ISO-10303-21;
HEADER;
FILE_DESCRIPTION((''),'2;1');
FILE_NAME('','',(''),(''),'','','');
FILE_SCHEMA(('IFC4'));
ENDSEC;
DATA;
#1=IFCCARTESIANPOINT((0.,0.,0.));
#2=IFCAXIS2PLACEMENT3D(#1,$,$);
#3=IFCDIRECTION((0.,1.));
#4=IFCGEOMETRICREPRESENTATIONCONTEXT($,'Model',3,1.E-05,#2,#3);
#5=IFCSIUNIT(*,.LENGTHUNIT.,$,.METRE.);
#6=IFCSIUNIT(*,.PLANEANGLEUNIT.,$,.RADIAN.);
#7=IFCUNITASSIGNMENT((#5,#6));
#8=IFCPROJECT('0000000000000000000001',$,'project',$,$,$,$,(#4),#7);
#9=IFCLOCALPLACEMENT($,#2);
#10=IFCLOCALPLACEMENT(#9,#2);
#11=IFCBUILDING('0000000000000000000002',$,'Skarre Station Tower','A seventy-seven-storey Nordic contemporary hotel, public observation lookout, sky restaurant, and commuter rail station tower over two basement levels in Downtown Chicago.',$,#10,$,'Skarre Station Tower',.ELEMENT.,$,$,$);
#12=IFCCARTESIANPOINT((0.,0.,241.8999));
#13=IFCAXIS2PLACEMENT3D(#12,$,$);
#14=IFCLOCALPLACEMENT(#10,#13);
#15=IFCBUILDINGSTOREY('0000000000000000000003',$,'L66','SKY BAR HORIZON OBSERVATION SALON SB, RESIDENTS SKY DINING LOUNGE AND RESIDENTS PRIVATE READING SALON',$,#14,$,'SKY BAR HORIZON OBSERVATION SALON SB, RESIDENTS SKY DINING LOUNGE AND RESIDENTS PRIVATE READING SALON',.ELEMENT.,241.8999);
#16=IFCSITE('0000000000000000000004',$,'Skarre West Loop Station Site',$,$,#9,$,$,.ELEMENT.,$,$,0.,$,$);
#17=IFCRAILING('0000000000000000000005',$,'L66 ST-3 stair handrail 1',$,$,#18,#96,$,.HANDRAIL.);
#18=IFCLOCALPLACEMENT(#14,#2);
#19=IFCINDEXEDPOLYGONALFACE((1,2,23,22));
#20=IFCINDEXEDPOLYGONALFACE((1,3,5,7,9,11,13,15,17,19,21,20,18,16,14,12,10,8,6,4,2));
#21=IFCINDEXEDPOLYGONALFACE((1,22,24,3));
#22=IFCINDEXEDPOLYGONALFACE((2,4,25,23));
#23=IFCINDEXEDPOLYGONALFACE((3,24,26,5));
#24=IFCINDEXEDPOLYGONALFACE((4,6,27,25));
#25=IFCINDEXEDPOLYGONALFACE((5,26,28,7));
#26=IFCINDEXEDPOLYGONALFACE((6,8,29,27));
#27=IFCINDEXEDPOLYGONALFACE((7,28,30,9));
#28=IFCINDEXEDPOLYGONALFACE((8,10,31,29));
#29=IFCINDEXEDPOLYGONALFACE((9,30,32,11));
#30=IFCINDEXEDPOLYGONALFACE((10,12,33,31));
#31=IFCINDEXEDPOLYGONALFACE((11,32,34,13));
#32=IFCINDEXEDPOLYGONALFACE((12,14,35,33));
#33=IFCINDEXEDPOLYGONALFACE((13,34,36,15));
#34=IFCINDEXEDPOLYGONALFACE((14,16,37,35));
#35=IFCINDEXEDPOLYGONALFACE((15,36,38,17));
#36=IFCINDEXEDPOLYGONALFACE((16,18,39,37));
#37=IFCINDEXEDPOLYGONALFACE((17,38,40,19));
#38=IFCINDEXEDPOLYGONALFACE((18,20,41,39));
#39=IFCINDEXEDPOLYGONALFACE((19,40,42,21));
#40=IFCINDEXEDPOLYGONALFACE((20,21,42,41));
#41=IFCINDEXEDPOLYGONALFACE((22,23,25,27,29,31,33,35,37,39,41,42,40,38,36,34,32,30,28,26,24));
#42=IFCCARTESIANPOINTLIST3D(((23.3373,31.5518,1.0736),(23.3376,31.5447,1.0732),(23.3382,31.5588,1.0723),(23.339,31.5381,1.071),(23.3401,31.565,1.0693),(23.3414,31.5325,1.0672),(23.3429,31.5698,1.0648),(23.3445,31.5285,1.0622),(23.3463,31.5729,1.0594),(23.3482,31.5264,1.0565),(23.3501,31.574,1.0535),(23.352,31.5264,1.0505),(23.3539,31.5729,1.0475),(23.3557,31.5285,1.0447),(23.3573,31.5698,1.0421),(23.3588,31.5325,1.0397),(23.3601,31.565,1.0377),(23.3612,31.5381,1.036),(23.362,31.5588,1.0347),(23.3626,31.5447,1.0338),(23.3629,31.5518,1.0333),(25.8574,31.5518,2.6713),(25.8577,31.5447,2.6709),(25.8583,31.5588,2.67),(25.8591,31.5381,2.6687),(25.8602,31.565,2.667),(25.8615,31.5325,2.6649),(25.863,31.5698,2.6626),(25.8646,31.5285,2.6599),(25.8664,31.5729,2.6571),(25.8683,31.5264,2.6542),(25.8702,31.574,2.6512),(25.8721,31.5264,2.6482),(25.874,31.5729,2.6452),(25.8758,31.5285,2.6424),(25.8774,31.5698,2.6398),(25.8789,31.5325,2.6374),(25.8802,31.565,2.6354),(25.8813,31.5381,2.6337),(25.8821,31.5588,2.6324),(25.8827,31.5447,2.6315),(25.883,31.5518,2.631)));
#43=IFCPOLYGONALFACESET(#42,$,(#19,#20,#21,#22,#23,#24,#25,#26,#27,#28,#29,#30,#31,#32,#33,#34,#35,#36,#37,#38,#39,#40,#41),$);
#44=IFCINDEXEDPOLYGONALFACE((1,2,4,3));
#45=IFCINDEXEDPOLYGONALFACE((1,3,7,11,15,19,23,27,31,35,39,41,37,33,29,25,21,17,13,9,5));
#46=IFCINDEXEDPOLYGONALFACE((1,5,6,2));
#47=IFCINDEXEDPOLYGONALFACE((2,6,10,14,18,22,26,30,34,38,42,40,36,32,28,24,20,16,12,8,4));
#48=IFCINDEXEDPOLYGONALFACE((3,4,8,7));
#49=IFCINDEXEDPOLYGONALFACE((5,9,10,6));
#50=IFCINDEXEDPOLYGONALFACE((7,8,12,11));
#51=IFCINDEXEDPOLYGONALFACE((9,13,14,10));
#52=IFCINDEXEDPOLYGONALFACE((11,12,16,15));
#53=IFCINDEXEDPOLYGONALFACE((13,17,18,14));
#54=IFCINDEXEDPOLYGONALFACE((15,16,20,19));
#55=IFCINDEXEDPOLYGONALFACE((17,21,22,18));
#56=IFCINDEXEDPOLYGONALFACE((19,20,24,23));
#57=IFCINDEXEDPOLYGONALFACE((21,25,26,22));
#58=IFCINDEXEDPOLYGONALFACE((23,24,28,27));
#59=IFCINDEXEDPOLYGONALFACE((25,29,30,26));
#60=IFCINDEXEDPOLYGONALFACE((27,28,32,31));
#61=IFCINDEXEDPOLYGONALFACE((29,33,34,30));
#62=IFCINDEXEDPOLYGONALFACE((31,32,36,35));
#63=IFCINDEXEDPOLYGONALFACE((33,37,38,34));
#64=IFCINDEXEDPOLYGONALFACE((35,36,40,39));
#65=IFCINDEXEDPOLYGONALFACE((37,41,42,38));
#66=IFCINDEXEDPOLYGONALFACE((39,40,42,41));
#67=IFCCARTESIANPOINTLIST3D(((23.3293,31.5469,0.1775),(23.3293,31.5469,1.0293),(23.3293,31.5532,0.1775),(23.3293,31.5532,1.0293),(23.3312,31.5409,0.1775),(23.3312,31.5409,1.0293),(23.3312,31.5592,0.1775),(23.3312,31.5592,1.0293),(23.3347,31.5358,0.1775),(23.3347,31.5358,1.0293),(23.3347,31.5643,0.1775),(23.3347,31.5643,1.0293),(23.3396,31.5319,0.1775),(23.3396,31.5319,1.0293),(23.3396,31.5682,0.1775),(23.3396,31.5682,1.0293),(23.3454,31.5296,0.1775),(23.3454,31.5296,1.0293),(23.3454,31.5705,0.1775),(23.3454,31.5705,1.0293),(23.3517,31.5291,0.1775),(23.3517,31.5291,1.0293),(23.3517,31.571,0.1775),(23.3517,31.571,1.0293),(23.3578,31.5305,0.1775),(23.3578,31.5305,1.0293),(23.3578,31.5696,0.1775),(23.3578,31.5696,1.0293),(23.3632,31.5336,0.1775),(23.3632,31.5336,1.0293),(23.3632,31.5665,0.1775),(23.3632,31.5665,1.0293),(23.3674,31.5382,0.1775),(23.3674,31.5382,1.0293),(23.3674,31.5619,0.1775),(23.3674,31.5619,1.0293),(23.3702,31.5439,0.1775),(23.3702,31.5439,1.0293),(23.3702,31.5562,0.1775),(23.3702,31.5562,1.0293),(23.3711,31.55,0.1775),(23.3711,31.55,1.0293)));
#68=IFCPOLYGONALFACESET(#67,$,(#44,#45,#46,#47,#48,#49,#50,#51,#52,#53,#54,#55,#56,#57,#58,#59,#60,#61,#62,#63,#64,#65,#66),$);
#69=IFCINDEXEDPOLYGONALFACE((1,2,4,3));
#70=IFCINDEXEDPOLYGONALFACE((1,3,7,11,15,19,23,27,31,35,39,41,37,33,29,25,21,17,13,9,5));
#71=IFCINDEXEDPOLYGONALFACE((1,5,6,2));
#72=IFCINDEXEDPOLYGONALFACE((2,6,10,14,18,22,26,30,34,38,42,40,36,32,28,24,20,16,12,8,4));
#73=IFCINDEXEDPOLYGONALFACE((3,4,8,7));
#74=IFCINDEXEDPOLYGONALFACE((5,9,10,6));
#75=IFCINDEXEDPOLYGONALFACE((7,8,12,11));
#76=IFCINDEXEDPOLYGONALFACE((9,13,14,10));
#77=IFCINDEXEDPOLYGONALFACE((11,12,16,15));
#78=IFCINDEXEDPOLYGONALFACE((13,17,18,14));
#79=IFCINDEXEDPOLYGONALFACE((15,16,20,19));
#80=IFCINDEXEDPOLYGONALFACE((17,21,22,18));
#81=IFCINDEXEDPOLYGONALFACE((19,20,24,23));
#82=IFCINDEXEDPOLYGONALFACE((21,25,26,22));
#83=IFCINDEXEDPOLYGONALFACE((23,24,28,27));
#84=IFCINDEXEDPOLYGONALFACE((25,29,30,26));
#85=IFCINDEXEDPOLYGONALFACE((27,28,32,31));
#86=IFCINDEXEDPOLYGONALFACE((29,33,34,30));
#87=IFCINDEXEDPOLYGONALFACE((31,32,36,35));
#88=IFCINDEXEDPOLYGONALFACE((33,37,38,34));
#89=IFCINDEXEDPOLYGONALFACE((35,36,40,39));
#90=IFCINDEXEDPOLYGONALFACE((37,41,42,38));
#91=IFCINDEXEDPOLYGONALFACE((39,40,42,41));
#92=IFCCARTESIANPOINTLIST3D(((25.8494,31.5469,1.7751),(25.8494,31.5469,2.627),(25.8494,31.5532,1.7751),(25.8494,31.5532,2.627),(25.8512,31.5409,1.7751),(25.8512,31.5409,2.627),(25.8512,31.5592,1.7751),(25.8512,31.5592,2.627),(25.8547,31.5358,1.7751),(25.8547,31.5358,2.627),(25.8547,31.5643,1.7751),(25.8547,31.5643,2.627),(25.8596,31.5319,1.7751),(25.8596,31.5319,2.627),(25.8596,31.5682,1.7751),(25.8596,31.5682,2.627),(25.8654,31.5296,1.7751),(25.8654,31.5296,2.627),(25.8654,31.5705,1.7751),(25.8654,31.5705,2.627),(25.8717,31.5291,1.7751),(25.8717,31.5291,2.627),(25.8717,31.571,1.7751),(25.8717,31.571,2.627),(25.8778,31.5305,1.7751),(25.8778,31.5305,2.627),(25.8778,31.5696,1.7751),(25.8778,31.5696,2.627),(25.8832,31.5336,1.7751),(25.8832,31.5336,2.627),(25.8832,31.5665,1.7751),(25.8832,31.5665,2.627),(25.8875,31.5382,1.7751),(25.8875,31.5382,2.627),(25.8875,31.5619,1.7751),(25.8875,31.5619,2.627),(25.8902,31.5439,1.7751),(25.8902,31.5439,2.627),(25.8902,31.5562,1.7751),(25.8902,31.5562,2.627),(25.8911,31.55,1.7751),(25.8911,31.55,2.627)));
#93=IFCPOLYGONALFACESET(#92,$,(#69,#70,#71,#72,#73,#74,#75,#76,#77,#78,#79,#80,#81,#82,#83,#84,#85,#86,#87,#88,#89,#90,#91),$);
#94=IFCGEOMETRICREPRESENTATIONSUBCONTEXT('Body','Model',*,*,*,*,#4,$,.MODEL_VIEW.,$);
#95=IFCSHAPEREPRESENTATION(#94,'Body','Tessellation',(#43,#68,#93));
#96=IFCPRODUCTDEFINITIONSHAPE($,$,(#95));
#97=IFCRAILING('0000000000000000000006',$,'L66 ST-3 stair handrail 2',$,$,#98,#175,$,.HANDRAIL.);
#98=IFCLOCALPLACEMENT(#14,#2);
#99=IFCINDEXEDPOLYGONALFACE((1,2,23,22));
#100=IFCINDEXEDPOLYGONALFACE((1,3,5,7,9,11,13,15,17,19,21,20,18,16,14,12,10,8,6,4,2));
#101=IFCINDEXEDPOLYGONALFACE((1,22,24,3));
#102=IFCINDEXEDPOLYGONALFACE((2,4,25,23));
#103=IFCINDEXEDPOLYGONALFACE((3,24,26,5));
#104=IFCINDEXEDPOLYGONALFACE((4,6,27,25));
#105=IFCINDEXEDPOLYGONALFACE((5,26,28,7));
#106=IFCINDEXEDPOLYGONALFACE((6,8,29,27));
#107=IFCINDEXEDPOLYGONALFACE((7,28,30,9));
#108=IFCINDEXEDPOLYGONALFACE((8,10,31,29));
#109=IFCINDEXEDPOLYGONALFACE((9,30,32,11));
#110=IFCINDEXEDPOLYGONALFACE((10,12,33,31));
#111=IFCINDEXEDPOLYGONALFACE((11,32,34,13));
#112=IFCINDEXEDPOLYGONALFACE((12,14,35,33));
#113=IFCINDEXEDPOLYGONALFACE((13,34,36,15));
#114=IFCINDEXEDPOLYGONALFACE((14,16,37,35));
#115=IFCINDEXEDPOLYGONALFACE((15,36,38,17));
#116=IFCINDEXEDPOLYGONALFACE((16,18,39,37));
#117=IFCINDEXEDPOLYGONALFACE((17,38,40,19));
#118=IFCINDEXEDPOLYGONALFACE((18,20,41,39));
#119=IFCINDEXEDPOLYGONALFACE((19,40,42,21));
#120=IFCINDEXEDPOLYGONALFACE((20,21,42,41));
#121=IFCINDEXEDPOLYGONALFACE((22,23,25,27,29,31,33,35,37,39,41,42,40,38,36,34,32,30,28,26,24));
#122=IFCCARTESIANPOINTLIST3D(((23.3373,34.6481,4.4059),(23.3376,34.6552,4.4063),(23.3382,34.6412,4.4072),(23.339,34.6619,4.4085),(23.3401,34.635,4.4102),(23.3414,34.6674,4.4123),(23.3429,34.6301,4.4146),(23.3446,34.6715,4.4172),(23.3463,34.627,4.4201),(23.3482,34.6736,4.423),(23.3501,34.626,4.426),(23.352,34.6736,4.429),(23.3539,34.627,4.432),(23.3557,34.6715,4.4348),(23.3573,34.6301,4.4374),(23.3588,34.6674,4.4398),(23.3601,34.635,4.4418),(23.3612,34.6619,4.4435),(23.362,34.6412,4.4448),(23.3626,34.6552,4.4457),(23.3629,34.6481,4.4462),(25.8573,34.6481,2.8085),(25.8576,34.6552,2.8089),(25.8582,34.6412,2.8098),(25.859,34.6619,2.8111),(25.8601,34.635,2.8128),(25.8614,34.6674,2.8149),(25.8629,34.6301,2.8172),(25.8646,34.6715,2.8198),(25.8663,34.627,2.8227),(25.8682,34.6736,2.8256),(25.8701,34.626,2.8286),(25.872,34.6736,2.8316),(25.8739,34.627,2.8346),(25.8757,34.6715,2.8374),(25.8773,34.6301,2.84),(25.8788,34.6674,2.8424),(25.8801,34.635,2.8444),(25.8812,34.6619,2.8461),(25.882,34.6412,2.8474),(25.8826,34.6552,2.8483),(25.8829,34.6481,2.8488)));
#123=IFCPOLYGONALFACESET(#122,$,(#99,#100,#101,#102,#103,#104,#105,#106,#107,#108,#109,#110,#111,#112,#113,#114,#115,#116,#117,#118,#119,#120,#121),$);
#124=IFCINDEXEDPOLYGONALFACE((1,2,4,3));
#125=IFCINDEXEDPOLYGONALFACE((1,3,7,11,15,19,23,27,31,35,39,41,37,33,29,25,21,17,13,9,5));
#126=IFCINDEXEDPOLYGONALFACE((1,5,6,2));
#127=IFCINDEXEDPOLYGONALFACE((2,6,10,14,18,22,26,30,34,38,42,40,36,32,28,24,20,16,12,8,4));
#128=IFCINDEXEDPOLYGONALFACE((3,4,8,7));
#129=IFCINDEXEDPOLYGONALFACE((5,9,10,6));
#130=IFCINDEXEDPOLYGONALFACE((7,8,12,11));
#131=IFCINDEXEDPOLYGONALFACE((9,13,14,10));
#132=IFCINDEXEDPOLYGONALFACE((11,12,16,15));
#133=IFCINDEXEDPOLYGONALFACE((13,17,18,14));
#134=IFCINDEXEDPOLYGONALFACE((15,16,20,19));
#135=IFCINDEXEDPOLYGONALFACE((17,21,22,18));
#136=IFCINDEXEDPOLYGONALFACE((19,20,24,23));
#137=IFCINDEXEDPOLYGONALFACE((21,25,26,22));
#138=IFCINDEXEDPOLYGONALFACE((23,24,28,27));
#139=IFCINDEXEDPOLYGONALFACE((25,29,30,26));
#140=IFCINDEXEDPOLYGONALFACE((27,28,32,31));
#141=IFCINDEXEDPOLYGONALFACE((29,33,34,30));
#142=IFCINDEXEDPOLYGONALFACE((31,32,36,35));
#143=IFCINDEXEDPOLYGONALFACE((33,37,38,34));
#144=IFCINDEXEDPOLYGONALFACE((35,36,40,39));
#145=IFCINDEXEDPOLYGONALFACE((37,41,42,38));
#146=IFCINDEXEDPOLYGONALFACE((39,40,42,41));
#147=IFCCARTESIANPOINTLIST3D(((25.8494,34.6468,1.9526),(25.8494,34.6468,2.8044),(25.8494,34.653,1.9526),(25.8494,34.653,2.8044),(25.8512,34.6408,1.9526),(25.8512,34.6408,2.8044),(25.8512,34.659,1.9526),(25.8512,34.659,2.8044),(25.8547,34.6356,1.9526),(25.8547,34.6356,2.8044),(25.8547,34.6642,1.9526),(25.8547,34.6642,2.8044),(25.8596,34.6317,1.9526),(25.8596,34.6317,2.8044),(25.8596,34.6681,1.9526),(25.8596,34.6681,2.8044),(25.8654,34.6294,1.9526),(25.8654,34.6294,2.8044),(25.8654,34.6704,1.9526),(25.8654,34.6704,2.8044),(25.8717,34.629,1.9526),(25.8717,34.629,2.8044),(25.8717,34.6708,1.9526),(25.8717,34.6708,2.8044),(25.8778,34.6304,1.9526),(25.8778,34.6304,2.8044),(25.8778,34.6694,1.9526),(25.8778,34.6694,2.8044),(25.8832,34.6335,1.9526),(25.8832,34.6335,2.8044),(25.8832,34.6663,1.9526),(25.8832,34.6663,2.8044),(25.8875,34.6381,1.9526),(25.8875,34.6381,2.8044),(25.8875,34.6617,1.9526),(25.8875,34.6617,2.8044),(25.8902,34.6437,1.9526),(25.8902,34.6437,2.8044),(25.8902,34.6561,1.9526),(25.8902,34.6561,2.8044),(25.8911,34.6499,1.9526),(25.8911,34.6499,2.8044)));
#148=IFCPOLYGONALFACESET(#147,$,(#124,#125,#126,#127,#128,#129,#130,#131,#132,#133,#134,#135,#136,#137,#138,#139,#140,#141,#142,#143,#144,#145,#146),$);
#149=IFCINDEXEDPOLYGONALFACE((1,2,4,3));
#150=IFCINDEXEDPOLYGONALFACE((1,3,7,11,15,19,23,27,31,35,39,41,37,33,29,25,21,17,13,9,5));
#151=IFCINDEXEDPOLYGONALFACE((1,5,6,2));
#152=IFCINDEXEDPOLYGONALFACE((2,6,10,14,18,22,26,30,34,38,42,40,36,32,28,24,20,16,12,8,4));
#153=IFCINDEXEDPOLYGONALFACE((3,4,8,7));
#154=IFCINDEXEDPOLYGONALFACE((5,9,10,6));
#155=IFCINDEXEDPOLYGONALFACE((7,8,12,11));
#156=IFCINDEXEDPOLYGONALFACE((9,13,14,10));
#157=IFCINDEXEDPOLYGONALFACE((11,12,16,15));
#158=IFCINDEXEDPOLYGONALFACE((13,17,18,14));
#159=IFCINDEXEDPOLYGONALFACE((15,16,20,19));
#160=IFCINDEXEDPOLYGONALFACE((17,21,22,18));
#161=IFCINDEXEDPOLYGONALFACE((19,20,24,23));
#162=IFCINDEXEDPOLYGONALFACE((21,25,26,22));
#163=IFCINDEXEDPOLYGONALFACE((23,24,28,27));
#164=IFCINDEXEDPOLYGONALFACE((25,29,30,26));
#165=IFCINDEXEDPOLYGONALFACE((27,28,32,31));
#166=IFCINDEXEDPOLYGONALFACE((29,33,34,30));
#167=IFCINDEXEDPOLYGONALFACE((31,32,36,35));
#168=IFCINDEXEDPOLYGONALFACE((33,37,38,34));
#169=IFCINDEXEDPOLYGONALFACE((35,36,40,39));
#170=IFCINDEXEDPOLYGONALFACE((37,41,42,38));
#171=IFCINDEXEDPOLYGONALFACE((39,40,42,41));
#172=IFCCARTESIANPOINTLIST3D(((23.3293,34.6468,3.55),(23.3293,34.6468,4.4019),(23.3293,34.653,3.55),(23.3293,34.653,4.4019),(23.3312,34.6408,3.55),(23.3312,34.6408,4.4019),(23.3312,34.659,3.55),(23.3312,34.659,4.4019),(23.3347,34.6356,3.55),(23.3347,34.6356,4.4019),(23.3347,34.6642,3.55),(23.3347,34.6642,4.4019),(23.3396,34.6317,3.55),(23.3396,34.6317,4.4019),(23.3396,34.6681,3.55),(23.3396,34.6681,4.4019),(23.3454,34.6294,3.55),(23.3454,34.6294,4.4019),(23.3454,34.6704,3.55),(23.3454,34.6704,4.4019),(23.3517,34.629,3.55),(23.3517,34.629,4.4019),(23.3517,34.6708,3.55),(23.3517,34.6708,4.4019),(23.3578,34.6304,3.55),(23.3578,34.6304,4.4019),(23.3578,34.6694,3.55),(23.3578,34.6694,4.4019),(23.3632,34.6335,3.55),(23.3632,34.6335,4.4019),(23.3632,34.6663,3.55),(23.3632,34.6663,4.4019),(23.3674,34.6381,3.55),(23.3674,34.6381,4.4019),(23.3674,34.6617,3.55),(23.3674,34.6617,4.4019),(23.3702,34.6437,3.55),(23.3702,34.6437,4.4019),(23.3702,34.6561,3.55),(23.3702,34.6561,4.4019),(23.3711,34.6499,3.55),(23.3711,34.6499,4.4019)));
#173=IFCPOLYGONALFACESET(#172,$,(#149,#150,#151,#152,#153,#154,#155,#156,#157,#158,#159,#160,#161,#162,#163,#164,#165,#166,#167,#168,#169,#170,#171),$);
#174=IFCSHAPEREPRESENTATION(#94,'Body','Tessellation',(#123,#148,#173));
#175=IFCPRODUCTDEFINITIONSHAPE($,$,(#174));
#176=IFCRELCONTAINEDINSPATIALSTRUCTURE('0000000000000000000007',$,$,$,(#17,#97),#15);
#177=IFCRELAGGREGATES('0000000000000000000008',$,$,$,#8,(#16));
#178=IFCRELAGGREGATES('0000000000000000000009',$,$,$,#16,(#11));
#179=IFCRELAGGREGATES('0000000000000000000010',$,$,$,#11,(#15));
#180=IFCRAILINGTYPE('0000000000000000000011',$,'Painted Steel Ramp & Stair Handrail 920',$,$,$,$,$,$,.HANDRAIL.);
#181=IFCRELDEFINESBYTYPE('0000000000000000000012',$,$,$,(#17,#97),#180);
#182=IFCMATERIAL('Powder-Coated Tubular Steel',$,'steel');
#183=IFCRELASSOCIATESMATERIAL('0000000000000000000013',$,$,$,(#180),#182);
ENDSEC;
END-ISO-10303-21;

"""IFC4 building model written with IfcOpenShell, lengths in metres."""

from ifc_helpers import new_model, si_unit, direction, frame, origin, origin_2d, place, context, subcontext, project, spatial, circle, extrude, material, type_object, element, save


model = new_model("IFC4")

# Units and contexts
model_context = context("Model", 3, precision=1e-05, world=origin(), true_north=direction((0.0, 1.0)))
body_context = subcontext(model_context, "Body", "Model", "MODEL_VIEW")
ifc_project = project(units=[si_unit("LENGTHUNIT", "METRE"), si_unit("PLANEANGLEUNIT", "RADIAN")], contexts=[model_context])

# Site, building, storey
site_placement = place(None, origin())
site = spatial("IfcSite", under=ifc_project, at=site_placement, Name="Skarre West Loop Station Site", CompositionType="ELEMENT", RefElevation=0.0)
building_placement = place(site_placement, origin())
building = spatial("IfcBuilding", under=site, at=building_placement, Name="Skarre Station Tower", Description="A seventy-seven-storey Nordic contemporary hotel, public observation lookout, sky restaurant, and commuter rail station tower over two basement levels in Downtown Chicago.", LongName="Skarre Station Tower", CompositionType="ELEMENT")
storey_placement = place(building_placement, frame((0.0, 0.0, 241.8999)))
storey = spatial("IfcBuildingStorey", under=building, at=storey_placement, Name="L66", Description="SKY BAR HORIZON OBSERVATION SALON SB, RESIDENTS SKY DINING LOUNGE AND RESIDENTS PRIVATE READING SALON", LongName="SKY BAR HORIZON OBSERVATION SALON SB, RESIDENTS SKY DINING LOUNGE AND RESIDENTS PRIVATE READING SALON", CompositionType="ELEMENT", Elevation=241.8999)

# Railings
ifc_material_1 = material(Name="Powder-Coated Tubular Steel", Category="steel")
railing_type_1 = type_object("IfcRailingType", Name="Painted Steel Ramp & Stair Handrail 920", PredefinedType="HANDRAIL", material=ifc_material_1)
railing_1_placement = place(storey_placement, frame((23.3501, 31.55, 0.1775)))
element("IfcRailing", 1, at=railing_1_placement, inside=storey, type_object=railing_type_1, Name="L66 ST-3 stair handrail 1", PredefinedType="HANDRAIL", context=body_context, shape_type="SweptSolid", body=[
    extrude(circle(Radius=0.0239, at=origin_2d()), frame((0.0, 0.0, 0.876), z_axis=(0.84457, 0.0, 0.535445), x_axis=(0.0, 1.0, 0.0)), (0.0, 0.0, 1.0), 2.9839),
    extrude(circle(Radius=0.021, at=origin_2d()), origin(), (0.0, 0.0, 1.0), 0.8518),
    extrude(circle(Radius=0.021, at=origin_2d()), frame((2.52, 0.0, 1.5977)), (0.0, 0.0, 1.0), 0.8518),
])
railing_2_placement = place(storey_placement, frame((25.8701, 34.6499, 1.9526)))
element("IfcRailing", 2, at=railing_2_placement, inside=storey, type_object=railing_type_1, Name="L66 ST-3 stair handrail 2", PredefinedType="HANDRAIL", context=body_context, shape_type="SweptSolid", body=[
    extrude(circle(Radius=0.0239, at=origin_2d()), frame((0.0, 0.0, 0.876), z_axis=(-0.844607, 0.0, 0.535387), x_axis=(0.0, -1.0, 0.0)), (0.0, 0.0, 1.0), 2.9836),
    extrude(circle(Radius=0.021, at=origin_2d()), origin(), (0.0, 0.0, 1.0), 0.8518),
    extrude(circle(Radius=0.021, at=origin_2d()), frame((-2.52, 0.0, 1.5974)), (0.0, 0.0, 1.0), 0.8518),
])

save(model, "model.ifc")
